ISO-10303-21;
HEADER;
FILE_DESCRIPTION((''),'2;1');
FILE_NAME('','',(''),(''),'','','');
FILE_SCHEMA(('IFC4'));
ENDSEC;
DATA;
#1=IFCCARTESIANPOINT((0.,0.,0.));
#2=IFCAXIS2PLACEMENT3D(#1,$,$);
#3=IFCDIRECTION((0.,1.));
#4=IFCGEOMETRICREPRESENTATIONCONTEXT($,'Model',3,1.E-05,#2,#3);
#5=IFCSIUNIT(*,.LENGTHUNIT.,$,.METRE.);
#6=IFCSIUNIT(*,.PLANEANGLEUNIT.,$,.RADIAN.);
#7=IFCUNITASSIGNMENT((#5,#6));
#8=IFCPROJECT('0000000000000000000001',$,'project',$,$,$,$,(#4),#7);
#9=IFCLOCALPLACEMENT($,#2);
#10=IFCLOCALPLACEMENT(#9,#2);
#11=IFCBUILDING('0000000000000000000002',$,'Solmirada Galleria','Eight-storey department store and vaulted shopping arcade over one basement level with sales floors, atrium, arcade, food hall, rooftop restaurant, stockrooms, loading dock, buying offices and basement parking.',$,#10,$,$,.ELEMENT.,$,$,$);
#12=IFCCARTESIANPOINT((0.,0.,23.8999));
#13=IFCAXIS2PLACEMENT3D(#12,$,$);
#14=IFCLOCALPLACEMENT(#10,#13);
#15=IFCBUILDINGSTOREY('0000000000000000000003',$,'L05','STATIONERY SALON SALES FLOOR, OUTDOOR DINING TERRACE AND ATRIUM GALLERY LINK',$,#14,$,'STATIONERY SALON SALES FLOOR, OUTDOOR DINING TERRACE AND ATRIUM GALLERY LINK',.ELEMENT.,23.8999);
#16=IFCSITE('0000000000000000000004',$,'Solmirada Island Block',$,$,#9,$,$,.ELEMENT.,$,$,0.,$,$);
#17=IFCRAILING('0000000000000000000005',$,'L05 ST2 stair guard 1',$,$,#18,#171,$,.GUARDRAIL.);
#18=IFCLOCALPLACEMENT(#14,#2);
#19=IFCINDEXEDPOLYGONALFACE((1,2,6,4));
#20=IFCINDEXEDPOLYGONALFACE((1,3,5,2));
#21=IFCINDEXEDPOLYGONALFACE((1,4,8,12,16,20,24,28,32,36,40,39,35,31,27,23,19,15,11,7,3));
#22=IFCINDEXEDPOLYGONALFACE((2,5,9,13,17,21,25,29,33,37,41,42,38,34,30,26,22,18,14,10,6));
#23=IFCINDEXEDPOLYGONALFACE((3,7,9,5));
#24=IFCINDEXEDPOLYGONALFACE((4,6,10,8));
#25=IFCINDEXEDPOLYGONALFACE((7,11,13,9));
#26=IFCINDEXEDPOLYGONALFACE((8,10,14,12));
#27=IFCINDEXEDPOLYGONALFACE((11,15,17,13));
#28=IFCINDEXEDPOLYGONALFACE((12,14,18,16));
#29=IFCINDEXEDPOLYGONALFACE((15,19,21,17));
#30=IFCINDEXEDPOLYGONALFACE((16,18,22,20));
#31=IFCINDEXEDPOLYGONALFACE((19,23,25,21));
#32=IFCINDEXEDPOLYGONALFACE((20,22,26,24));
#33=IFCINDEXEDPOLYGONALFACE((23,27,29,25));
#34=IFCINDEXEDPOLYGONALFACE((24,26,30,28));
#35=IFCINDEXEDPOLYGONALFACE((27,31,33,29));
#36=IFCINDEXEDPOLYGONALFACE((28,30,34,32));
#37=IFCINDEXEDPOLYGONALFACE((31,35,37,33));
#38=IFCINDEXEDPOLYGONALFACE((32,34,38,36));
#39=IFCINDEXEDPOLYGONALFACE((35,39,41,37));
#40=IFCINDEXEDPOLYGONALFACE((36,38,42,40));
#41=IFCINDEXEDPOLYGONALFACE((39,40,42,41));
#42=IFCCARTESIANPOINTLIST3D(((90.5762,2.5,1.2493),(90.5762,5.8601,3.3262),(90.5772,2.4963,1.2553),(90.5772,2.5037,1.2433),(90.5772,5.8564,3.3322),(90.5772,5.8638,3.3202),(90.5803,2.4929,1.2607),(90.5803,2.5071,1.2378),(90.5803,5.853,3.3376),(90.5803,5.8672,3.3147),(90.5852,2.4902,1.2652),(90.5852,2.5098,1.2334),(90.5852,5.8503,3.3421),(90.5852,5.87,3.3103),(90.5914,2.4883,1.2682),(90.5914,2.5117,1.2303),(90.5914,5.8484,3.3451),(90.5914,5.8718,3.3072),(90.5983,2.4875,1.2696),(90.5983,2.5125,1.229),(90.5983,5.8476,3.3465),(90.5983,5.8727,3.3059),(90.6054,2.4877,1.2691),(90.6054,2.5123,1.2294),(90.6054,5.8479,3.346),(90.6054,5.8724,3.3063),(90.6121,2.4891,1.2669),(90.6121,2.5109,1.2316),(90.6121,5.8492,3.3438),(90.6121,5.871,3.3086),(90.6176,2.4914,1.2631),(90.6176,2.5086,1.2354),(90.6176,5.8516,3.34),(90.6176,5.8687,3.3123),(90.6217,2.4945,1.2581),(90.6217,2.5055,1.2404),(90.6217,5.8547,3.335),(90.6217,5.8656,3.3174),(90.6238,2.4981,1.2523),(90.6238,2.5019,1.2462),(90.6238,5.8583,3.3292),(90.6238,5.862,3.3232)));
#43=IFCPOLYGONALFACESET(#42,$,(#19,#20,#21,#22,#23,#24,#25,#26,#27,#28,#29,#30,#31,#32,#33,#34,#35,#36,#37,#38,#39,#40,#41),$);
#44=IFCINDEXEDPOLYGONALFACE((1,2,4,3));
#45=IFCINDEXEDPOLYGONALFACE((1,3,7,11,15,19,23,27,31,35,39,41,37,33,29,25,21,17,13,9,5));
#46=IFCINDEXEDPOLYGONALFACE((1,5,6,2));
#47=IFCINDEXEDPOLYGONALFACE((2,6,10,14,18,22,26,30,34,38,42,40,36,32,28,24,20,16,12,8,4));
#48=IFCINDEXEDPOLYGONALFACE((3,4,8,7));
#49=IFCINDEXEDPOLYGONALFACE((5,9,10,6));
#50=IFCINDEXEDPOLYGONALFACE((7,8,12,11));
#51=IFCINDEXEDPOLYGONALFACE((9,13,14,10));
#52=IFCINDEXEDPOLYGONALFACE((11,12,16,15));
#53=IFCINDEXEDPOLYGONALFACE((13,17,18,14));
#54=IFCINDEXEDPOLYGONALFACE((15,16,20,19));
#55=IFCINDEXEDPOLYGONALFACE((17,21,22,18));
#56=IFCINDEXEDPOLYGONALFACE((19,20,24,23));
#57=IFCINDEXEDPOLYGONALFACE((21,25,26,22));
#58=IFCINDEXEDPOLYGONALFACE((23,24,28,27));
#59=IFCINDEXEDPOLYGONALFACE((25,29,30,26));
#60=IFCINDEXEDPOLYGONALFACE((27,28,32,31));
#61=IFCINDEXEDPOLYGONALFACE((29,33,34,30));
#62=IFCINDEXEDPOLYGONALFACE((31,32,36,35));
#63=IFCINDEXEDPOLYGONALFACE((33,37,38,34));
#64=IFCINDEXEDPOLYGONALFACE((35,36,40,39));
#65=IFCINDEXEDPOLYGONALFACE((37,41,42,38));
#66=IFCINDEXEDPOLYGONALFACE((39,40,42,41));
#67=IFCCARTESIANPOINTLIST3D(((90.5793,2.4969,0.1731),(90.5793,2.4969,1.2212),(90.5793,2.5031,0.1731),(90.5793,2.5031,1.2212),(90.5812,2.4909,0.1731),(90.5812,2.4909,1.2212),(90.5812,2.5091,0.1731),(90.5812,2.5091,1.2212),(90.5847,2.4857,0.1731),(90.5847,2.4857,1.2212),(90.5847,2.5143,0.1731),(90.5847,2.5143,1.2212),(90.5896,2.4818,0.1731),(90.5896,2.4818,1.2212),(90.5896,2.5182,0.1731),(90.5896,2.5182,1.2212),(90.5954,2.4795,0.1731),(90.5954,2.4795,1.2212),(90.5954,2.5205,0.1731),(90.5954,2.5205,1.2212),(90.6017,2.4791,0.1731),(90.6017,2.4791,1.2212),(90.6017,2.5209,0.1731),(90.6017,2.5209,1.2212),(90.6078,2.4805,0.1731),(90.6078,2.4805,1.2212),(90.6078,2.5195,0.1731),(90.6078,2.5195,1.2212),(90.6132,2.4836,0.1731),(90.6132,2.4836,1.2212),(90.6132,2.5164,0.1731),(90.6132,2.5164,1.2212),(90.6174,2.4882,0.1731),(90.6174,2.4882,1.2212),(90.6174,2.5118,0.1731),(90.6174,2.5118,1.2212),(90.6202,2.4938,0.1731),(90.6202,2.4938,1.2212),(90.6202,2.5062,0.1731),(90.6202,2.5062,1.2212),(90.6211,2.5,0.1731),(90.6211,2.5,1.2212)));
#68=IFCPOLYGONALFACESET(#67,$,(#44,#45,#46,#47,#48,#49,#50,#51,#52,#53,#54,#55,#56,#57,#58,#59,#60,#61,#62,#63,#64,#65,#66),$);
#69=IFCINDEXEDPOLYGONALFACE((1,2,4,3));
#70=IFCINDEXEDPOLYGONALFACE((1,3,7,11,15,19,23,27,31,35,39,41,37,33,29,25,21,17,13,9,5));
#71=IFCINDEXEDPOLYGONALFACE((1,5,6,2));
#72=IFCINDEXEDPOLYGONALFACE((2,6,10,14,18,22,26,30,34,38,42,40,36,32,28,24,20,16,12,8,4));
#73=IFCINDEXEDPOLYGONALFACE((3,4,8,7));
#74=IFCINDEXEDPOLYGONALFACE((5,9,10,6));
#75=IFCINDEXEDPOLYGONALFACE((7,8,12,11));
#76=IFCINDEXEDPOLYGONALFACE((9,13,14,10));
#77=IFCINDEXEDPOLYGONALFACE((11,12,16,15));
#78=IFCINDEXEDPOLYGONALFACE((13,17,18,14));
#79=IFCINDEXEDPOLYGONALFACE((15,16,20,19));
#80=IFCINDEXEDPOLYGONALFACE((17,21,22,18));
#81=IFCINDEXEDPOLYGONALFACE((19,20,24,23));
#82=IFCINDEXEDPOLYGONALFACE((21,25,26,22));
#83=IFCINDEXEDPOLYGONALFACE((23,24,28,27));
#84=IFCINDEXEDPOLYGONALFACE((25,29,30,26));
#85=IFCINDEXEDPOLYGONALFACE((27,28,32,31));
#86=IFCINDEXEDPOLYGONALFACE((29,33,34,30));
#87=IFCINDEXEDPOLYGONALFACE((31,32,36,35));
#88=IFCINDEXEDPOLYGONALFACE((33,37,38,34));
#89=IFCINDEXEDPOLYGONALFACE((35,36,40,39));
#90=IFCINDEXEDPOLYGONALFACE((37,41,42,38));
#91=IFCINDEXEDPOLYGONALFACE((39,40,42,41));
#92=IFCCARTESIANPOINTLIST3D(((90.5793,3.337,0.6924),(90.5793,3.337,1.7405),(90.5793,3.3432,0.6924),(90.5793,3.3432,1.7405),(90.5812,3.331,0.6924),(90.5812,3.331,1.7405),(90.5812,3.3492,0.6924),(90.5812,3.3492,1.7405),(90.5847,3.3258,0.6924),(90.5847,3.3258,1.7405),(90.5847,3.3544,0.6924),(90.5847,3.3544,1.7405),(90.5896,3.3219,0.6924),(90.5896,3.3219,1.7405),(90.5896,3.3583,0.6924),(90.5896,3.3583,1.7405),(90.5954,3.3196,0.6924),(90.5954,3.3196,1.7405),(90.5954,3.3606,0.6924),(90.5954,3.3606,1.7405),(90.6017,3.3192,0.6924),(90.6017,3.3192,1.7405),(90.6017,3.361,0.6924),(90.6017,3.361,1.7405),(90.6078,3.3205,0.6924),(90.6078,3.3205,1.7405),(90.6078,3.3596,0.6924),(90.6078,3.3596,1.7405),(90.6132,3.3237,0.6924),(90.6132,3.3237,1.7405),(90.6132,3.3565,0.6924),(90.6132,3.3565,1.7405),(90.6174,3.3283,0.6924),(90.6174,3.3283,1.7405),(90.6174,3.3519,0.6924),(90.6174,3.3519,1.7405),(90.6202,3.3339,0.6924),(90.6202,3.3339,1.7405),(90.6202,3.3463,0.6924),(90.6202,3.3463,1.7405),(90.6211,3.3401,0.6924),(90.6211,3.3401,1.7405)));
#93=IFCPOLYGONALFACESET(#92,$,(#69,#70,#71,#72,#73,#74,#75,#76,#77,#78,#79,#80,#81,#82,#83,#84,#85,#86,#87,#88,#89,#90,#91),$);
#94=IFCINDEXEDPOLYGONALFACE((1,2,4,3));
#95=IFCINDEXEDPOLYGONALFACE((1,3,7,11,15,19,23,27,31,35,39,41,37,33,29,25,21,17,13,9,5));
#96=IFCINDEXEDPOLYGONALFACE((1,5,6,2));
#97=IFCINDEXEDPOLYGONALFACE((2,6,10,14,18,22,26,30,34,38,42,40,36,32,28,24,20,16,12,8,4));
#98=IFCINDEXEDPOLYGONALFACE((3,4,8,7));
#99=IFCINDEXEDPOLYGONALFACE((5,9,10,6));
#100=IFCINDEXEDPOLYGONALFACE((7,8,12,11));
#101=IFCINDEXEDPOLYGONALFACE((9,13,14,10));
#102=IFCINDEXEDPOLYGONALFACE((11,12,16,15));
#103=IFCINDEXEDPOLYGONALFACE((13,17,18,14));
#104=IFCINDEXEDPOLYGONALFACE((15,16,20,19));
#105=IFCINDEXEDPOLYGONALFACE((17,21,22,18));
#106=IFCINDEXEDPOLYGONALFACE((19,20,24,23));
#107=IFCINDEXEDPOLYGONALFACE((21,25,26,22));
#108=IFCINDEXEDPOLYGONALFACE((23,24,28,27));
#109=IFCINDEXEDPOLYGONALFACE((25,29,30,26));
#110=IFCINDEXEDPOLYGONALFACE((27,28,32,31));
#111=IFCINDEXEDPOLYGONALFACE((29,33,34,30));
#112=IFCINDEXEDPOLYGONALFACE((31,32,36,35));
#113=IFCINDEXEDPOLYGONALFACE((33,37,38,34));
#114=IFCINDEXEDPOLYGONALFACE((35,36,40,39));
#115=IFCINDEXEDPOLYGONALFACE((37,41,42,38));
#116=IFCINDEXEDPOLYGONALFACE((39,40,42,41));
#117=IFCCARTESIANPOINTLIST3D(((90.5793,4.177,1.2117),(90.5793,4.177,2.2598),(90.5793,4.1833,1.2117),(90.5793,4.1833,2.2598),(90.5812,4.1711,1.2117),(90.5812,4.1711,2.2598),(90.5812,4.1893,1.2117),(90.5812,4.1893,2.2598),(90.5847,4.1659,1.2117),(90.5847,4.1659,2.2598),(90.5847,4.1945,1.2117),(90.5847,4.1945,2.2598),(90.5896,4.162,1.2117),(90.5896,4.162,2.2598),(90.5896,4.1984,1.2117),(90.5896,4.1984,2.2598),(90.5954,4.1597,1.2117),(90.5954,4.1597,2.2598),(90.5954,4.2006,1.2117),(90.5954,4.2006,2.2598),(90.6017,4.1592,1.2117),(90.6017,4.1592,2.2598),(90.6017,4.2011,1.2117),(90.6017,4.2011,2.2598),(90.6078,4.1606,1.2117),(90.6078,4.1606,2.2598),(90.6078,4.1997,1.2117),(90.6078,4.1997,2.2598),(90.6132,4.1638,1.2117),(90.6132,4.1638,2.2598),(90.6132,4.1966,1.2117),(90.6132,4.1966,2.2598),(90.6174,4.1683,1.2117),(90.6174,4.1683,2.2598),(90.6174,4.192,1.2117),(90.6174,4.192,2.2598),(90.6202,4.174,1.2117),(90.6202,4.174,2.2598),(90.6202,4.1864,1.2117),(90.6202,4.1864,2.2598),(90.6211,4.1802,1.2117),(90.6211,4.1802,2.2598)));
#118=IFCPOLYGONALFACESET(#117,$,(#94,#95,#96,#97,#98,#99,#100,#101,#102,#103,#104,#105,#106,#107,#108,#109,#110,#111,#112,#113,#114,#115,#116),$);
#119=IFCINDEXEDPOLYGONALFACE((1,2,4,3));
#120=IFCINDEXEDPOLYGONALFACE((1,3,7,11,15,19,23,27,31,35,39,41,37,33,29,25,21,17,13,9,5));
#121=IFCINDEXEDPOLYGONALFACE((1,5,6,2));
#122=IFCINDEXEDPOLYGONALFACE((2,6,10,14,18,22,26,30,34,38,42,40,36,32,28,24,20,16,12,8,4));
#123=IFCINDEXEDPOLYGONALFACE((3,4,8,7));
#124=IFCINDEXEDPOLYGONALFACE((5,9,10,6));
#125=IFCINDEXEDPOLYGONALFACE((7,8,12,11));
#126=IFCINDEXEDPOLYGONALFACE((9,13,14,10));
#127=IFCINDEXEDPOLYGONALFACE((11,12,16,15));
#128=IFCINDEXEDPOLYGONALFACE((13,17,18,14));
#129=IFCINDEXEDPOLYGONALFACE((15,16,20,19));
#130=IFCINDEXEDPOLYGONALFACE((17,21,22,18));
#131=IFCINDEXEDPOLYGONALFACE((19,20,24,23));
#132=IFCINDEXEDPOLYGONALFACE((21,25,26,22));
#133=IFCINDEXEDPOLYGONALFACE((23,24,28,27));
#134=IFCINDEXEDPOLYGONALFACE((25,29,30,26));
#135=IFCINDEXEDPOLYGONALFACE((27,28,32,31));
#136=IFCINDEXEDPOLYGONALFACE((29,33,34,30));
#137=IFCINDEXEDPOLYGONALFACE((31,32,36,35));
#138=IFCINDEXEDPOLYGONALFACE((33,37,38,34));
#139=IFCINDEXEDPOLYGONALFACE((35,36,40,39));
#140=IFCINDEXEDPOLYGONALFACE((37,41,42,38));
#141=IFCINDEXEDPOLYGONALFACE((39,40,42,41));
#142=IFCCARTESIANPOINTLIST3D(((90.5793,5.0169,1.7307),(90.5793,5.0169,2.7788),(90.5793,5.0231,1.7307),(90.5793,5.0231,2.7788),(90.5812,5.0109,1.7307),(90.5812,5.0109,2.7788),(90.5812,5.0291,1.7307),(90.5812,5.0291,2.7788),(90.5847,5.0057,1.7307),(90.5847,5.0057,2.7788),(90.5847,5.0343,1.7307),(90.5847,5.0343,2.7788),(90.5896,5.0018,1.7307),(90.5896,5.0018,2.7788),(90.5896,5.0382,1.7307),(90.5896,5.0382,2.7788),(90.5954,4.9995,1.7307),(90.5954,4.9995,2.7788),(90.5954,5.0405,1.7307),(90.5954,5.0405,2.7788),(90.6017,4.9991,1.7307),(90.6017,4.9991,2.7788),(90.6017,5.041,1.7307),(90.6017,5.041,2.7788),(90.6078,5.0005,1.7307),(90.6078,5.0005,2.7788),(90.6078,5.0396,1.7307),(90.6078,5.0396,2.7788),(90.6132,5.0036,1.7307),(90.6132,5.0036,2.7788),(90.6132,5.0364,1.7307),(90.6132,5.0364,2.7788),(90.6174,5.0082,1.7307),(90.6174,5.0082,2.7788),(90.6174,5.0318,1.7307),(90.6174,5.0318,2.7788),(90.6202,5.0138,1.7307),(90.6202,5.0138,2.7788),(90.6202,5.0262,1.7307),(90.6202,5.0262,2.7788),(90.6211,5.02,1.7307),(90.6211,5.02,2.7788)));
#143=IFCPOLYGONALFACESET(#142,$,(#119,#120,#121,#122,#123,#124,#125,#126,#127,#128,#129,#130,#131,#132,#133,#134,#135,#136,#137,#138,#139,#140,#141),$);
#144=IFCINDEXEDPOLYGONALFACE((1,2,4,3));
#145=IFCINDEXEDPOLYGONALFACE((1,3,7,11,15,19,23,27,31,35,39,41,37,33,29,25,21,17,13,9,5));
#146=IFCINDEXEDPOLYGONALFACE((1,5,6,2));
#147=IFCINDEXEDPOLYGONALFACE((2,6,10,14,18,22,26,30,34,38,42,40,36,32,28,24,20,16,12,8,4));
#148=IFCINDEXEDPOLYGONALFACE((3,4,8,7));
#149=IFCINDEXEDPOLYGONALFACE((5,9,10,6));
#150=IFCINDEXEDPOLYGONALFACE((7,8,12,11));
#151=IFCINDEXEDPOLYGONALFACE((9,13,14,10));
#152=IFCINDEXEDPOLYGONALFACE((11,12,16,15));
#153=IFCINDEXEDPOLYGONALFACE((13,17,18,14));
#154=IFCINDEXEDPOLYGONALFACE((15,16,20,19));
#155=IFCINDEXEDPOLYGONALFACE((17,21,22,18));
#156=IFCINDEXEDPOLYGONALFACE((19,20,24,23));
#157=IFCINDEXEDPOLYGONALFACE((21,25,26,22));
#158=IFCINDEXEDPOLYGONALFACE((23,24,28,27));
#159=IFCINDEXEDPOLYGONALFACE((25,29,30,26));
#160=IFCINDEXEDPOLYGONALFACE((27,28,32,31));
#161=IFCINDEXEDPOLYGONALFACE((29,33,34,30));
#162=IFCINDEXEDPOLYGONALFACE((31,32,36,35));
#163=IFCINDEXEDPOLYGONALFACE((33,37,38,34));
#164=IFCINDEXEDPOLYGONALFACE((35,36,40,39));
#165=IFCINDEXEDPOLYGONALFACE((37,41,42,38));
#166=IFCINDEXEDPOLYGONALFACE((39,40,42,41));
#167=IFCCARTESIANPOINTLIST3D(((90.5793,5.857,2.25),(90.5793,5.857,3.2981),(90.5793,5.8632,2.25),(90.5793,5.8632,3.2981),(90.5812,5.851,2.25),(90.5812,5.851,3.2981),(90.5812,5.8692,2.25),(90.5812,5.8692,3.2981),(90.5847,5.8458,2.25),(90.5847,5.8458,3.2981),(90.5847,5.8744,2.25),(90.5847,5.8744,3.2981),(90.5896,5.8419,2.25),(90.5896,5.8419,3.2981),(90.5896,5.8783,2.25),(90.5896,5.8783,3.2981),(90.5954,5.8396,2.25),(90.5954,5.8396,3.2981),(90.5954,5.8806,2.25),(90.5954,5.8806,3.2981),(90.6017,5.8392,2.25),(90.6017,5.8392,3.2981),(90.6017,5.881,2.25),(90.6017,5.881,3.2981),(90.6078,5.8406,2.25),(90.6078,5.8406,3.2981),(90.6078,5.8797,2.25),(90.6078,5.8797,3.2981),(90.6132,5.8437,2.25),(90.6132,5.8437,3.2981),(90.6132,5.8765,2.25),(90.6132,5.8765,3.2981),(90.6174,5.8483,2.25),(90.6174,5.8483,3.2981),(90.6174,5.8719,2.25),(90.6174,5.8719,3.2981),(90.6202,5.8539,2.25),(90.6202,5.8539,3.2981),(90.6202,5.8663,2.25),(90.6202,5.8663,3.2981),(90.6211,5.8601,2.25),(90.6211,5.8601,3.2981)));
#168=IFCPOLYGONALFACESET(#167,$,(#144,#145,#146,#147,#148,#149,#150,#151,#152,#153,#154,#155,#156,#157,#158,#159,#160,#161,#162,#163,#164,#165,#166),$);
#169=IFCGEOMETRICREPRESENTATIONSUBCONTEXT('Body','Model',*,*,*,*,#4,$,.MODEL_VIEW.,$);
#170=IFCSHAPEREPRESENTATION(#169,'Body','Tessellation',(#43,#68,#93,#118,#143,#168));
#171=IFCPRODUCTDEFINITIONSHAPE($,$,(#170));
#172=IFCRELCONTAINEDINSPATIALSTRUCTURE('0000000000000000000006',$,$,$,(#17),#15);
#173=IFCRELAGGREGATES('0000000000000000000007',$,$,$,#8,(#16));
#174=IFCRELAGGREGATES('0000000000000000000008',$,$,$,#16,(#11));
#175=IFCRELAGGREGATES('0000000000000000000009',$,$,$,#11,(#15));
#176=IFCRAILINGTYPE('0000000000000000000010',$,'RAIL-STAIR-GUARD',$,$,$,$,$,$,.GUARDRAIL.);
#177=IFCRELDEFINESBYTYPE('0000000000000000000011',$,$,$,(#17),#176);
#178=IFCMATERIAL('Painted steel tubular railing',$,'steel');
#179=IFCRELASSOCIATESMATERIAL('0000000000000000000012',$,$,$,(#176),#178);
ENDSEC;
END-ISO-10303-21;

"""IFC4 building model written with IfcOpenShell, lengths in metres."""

from ifc_helpers import new_model, si_unit, direction, frame, origin, origin_2d, place, context, subcontext, project, spatial, circle, extrude, material, type_object, element, save


model = new_model("IFC4")

# Units and contexts
model_context = context("Model", 3, precision=1e-05, world=origin(), true_north=direction((0.0, 1.0)))
body_context = subcontext(model_context, "Body", "Model", "MODEL_VIEW")
ifc_project = project(units=[si_unit("LENGTHUNIT", "METRE"), si_unit("PLANEANGLEUNIT", "RADIAN")], contexts=[model_context])

# Site, building, storey
site_placement = place(None, origin())
site = spatial("IfcSite", under=ifc_project, at=site_placement, Name="Solmirada Island Block", CompositionType="ELEMENT", RefElevation=0.0)
building_placement = place(site_placement, origin())
building = spatial("IfcBuilding", under=site, at=building_placement, Name="Solmirada Galleria", Description="Eight-storey department store and vaulted shopping arcade over one basement level with sales floors, atrium, arcade, food hall, rooftop restaurant, stockrooms, loading dock, buying offices and basement parking.", CompositionType="ELEMENT")
storey_placement = place(building_placement, frame((0.0, 0.0, 23.8999)))
storey = spatial("IfcBuildingStorey", under=building, at=storey_placement, Name="L05", Description="STATIONERY SALON SALES FLOOR, OUTDOOR DINING TERRACE AND ATRIUM GALLERY LINK", LongName="STATIONERY SALON SALES FLOOR, OUTDOOR DINING TERRACE AND ATRIUM GALLERY LINK", CompositionType="ELEMENT", Elevation=23.8999)

# Railing
ifc_material_1 = material(Name="Painted steel tubular railing", Category="steel")
railing_type_1 = type_object("IfcRailingType", Name="RAIL-STAIR-GUARD", PredefinedType="GUARDRAIL", material=ifc_material_1)
railing_1_placement = place(storey_placement, frame((90.6001, 2.5, 0.1731)))
element("IfcRailing", 1, at=railing_1_placement, inside=storey, type_object=railing_type_1, Name="L05 ST2 stair guard 1", PredefinedType="GUARDRAIL", context=body_context, shape_type="SweptSolid", body=[
    extrude(circle(Radius=0.0239, at=origin_2d()), frame((0.0, 0.0, 1.0762), z_axis=(0.0, 0.850623, 0.525776), x_axis=(-1.0, 0.0, 0.0)), (0.0, 0.0, 1.0), 3.9502),
    extrude(circle(Radius=0.021, at=origin_2d()), origin(), (0.0, 0.0, 1.0), 1.0481),
    extrude(circle(Radius=0.021, at=origin_2d()), frame((0.0, 0.8401, 0.5193)), (0.0, 0.0, 1.0), 1.0481),
    extrude(circle(Radius=0.021, at=origin_2d()), frame((0.0, 1.6802, 1.0386)), (0.0, 0.0, 1.0), 1.0481),
    extrude(circle(Radius=0.021, at=origin_2d()), frame((0.0, 2.52, 1.5576)), (0.0, 0.0, 1.0), 1.0481),
    extrude(circle(Radius=0.021, at=origin_2d()), frame((0.0, 3.3601, 2.0769)), (0.0, 0.0, 1.0), 1.0481),
])

save(model, "model.ifc")
